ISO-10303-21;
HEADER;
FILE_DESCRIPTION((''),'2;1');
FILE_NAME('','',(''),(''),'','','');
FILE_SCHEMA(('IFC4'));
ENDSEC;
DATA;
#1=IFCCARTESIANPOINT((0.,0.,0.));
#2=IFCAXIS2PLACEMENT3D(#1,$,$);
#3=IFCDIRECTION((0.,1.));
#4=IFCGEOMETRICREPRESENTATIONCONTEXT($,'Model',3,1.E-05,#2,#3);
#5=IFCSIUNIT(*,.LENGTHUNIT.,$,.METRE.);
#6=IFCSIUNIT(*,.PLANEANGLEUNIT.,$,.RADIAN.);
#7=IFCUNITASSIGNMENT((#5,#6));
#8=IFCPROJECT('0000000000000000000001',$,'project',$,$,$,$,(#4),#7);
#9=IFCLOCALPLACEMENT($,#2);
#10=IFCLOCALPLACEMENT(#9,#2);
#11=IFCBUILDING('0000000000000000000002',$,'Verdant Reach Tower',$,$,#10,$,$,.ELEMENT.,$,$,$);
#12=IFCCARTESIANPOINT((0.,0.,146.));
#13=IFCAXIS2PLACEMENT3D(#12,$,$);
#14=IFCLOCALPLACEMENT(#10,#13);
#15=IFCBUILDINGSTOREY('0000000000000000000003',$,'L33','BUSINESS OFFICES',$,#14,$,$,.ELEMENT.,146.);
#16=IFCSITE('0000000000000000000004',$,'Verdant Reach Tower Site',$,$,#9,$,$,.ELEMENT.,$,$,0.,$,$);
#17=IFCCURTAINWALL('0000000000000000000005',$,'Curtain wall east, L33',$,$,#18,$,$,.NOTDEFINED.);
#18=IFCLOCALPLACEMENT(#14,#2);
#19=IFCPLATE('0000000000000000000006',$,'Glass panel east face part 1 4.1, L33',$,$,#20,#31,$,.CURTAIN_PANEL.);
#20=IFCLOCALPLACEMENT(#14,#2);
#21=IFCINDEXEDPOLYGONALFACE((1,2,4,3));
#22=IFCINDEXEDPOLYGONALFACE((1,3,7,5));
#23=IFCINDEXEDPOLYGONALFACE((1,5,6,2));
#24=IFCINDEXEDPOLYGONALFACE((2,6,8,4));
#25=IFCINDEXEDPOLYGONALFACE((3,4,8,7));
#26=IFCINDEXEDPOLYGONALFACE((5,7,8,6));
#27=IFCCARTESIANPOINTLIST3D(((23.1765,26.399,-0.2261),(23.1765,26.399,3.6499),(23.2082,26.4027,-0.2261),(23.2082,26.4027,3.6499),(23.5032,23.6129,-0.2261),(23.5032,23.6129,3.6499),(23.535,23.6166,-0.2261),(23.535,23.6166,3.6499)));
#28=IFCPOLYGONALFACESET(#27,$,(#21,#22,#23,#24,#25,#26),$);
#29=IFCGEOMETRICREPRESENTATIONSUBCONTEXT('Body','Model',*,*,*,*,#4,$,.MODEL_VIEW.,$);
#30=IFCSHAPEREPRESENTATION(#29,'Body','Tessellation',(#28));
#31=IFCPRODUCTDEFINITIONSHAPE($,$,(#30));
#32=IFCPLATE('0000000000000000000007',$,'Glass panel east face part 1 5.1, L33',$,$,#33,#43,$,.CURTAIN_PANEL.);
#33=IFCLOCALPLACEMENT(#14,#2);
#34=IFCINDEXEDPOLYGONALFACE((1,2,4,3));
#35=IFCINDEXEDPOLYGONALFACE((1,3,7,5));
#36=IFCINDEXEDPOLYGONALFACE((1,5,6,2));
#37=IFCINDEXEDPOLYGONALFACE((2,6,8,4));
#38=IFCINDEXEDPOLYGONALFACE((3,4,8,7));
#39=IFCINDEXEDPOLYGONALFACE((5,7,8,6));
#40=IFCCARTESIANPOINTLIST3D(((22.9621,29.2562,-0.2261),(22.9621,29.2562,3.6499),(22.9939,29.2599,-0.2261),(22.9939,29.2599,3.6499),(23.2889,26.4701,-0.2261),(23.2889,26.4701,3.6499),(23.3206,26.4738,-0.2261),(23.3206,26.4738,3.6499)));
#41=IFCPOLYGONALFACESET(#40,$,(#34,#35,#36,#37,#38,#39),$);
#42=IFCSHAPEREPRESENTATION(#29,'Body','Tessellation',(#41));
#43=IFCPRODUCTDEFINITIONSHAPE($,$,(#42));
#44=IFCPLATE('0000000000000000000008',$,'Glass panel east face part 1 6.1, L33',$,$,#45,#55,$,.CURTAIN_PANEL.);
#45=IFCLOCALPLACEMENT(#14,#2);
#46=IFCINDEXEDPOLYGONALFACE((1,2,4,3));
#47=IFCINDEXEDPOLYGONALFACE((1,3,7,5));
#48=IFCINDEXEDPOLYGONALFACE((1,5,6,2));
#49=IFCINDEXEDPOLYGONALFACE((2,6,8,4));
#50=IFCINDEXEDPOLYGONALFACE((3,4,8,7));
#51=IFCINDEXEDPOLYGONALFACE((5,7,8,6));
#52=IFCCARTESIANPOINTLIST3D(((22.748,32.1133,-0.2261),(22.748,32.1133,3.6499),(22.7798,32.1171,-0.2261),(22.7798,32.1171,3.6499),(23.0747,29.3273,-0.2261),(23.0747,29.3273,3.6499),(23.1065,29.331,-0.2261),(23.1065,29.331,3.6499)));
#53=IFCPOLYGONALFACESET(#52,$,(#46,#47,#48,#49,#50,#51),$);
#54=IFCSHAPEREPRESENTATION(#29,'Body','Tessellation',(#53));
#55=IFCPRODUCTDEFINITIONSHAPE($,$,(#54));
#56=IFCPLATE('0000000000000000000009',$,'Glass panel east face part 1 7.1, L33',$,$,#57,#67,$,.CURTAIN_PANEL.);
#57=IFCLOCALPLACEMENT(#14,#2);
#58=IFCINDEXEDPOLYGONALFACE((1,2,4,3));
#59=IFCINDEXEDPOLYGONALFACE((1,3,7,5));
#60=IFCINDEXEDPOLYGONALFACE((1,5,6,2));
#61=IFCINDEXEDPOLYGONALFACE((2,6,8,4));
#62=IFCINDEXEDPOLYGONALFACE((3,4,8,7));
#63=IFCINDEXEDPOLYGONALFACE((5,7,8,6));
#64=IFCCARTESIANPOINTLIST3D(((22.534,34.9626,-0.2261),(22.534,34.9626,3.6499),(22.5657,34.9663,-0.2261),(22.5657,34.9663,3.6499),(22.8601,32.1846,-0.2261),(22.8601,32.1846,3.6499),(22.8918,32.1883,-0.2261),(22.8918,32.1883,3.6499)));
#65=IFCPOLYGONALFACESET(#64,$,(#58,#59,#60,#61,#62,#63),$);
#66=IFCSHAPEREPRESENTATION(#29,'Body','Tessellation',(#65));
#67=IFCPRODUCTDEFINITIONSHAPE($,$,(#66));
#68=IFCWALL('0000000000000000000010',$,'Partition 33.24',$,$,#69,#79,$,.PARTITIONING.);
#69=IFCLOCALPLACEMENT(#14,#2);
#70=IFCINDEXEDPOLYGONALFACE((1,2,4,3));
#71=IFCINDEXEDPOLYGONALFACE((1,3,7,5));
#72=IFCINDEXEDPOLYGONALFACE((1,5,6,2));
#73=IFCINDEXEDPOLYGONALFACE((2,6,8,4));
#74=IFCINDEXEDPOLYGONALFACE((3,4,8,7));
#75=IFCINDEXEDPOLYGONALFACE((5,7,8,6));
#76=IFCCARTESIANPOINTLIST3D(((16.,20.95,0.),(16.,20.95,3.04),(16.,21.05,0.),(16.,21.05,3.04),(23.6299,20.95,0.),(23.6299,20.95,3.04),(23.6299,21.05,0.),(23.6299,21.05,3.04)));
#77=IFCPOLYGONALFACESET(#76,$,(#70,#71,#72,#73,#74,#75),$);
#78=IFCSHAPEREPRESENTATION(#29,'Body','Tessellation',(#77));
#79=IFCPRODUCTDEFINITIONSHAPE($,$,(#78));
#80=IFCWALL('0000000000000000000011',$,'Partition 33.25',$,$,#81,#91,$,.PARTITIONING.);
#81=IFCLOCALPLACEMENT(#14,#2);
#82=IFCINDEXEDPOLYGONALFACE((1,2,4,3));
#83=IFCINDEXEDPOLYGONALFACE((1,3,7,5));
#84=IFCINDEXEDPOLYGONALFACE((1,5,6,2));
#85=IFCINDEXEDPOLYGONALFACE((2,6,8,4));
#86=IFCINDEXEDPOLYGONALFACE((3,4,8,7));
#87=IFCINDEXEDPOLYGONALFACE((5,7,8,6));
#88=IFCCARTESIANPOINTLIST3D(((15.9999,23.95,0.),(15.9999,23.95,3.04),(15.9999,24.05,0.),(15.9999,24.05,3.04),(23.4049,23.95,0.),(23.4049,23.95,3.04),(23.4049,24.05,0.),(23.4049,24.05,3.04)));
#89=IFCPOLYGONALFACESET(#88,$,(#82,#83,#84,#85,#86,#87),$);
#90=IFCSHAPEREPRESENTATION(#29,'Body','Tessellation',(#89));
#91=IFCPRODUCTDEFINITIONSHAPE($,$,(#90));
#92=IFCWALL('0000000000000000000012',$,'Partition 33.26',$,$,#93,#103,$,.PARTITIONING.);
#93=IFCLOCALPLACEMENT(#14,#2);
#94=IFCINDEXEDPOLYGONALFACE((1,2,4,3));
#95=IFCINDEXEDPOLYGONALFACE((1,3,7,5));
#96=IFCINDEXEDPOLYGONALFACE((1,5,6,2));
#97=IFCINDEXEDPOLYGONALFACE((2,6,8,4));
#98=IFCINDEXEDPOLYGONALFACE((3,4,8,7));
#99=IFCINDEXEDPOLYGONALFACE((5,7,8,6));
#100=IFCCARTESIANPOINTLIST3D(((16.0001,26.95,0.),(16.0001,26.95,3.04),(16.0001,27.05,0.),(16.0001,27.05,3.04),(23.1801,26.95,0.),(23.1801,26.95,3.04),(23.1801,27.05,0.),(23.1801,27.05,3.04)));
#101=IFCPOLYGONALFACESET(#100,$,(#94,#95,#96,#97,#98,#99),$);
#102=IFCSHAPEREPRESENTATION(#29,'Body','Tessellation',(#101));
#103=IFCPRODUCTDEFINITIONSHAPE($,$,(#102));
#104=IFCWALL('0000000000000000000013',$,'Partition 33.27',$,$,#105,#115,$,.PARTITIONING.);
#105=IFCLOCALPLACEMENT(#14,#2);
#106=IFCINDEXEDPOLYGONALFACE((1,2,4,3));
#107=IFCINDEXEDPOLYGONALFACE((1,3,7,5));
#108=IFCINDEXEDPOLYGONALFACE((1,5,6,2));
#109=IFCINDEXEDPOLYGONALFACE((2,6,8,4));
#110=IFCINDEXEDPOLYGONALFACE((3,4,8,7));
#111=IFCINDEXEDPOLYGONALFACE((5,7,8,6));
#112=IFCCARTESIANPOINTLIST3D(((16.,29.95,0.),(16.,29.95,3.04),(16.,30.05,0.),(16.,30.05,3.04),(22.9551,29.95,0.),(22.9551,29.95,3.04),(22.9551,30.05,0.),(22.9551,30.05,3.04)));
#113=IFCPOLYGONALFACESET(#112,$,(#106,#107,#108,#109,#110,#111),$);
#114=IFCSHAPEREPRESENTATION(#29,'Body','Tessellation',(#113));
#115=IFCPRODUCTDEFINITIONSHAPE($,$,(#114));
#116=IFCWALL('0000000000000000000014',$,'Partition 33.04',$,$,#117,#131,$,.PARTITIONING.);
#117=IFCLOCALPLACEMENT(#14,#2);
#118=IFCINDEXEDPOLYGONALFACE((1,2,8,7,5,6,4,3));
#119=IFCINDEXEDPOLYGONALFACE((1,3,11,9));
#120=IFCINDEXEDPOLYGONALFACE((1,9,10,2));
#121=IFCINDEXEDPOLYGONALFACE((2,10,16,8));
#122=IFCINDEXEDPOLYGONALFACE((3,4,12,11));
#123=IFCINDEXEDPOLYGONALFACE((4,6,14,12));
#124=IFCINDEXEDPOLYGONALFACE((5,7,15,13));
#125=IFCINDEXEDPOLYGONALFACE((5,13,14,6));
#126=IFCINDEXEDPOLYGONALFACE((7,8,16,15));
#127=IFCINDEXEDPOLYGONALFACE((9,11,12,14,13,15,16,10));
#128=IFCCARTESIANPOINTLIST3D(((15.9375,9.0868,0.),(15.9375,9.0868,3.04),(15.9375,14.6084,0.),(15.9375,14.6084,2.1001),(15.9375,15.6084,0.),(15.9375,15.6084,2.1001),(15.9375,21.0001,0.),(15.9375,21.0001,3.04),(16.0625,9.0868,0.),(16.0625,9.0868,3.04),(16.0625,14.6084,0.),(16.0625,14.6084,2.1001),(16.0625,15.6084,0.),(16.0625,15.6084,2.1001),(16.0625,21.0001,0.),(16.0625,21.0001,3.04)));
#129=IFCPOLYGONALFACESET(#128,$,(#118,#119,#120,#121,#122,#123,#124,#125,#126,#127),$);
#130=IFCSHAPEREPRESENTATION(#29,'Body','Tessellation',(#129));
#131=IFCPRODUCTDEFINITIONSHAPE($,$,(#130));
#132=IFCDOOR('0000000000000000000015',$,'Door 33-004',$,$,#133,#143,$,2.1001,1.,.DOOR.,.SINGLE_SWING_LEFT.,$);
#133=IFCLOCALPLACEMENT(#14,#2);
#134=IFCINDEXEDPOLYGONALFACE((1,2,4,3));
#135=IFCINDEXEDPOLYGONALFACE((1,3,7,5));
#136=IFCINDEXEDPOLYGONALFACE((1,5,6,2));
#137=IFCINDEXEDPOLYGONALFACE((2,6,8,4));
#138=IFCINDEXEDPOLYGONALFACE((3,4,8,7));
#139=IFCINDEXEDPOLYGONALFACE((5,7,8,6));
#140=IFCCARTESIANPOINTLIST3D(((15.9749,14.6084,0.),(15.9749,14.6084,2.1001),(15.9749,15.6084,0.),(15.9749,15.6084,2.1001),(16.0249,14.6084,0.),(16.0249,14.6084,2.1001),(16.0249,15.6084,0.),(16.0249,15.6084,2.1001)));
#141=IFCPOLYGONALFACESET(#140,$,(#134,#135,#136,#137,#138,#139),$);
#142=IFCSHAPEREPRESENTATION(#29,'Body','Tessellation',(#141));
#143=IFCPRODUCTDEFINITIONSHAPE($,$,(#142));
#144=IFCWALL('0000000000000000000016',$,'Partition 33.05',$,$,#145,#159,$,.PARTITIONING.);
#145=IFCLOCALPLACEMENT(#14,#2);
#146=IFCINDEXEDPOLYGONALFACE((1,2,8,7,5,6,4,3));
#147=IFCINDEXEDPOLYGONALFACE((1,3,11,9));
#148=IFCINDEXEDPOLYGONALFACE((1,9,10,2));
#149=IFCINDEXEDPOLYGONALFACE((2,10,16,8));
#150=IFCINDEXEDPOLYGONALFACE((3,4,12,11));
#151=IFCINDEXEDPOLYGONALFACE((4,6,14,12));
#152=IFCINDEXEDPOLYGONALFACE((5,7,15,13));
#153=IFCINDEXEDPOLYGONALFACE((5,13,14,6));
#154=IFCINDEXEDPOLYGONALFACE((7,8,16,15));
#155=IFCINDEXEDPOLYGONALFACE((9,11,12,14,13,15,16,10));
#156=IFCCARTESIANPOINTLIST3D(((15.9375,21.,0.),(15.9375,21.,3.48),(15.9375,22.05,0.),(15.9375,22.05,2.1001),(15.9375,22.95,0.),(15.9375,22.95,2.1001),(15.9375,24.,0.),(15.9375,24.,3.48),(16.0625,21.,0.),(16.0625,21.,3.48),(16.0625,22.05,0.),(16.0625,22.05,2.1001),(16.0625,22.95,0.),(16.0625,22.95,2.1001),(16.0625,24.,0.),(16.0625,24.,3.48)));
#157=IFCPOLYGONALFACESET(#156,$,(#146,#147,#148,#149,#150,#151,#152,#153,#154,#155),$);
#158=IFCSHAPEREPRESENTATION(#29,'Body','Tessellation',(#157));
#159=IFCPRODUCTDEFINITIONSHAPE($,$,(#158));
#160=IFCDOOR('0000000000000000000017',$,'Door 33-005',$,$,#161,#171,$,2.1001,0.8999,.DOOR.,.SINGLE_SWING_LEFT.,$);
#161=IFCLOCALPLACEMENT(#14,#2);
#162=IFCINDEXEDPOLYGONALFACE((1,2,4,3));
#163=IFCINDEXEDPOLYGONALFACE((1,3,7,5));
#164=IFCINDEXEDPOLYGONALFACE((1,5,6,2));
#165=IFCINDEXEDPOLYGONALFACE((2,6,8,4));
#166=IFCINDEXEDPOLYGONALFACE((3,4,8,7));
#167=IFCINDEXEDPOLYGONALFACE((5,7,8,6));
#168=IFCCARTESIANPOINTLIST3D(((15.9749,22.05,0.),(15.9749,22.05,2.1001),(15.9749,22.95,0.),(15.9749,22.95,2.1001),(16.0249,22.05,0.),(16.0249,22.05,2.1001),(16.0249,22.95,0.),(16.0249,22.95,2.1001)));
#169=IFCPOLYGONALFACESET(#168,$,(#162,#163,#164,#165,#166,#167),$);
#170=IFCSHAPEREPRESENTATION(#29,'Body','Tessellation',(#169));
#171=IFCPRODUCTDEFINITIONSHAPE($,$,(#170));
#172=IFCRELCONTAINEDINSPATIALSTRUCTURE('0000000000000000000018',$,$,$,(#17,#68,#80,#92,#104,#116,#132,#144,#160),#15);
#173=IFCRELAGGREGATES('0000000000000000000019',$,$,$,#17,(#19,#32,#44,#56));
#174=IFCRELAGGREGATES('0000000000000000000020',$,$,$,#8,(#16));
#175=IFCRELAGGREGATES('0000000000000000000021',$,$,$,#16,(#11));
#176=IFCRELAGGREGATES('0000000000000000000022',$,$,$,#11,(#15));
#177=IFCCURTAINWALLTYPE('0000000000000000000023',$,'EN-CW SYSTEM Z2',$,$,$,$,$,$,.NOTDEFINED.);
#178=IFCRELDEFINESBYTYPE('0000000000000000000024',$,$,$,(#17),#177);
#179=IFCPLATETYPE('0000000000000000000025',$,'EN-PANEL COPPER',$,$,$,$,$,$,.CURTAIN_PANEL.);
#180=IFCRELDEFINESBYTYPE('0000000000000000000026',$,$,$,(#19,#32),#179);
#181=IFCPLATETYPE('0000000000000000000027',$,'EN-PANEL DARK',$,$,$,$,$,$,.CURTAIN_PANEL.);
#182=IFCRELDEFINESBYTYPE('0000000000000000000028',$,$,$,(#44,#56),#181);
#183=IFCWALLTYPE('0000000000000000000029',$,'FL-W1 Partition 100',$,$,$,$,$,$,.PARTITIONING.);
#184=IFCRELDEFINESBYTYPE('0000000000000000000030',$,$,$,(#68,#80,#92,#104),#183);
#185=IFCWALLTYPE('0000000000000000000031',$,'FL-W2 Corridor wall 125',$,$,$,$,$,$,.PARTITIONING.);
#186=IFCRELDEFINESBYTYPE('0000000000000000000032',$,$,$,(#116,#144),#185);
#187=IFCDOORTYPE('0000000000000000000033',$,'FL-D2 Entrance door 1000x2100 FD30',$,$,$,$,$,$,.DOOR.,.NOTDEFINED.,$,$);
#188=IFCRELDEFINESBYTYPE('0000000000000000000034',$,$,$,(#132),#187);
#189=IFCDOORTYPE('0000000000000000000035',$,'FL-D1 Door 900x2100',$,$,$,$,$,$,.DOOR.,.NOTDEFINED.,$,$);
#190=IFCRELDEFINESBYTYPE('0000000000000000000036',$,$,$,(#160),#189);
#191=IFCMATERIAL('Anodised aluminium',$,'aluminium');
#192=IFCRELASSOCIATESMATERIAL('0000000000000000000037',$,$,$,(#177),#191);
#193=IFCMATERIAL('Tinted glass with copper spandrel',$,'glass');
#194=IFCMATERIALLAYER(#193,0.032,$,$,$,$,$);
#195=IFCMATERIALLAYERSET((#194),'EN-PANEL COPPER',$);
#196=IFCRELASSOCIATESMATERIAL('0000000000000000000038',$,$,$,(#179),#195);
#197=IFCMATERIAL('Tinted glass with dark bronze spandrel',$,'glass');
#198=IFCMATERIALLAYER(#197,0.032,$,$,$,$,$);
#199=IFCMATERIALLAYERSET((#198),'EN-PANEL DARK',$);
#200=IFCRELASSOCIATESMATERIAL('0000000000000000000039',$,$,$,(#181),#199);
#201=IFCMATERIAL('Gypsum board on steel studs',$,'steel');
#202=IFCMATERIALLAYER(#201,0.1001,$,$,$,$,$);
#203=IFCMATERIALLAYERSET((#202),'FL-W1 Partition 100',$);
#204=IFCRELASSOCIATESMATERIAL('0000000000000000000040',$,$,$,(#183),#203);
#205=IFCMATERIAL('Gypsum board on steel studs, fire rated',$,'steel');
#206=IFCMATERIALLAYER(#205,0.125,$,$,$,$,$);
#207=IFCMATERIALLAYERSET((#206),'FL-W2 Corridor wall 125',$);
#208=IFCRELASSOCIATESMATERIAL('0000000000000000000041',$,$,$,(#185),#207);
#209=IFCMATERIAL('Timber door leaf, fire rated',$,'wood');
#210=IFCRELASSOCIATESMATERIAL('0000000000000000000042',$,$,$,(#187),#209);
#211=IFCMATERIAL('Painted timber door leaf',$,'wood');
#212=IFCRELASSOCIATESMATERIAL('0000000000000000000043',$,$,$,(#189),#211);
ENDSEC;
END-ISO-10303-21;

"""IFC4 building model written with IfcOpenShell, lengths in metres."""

from ifc_helpers import new_model, si_unit, direction, frame, frame_2d, origin, origin_2d, place, context, subcontext, project, spatial, rectangle, extrude, material, layer, layer_set, type_object, element, fill, aggregate, save


model = new_model("IFC4")

# Units and contexts
model_context = context("Model", 3, precision=1e-05, world=origin(), true_north=direction((0.0, 1.0)))
body_context = subcontext(model_context, "Body", "Model", "MODEL_VIEW")
ifc_project = project(units=[si_unit("LENGTHUNIT", "METRE"), si_unit("PLANEANGLEUNIT", "RADIAN")], contexts=[model_context])

# Site, building, storey
site_placement = place(None, origin())
site = spatial("IfcSite", under=ifc_project, at=site_placement, Name="Verdant Reach Tower Site", CompositionType="ELEMENT", RefElevation=0.0)
building_placement = place(site_placement, origin())
building = spatial("IfcBuilding", under=site, at=building_placement, Name="Verdant Reach Tower", CompositionType="ELEMENT")
storey_placement = place(building_placement, frame((0.0, 0.0, 146.0)))
storey = spatial("IfcBuildingStorey", under=building, at=storey_placement, Name="L33", Description="BUSINESS OFFICES", CompositionType="ELEMENT", Elevation=146.0)

# Curtain wall, plates
ifc_material_1 = material(Name="Anodised aluminium", Category="aluminium")
curtain_wall_type = type_object("IfcCurtainWallType", Name="EN-CW SYSTEM Z2", PredefinedType="NOTDEFINED", material=ifc_material_1)
curtain_wall_placement = place(storey_placement, origin())
curtain_wall = element("IfcCurtainWall", 1, at=curtain_wall_placement, inside=storey, type_object=curtain_wall_type, Name="Curtain wall east, L33", PredefinedType="NOTDEFINED")
ifc_material_2 = material(Name="Tinted glass with copper spandrel", Category="glass")
ifc_layer_1 = layer(ifc_material_2, 0.032)
ifc_layer_set_1 = layer_set([ifc_layer_1], Name="EN-PANEL COPPER")
plate_type_1 = type_object("IfcPlateType", Name="EN-PANEL COPPER", PredefinedType="CURTAIN_PANEL", material=ifc_layer_set_1)
plate_1_placement = place(storey_placement, frame((23.3557, 25.0078, -0.2261), z_axis=(0.0, 0.0, 1.0), x_axis=(-0.116483, 0.993193, 0.0)))
plate_1 = element("IfcPlate", 2, at=plate_1_placement, type_object=plate_type_1, Name="Glass panel east face part 1 4.1, L33", PredefinedType="CURTAIN_PANEL", context=body_context, shape_type="SweptSolid", body=[
    extrude(rectangle(XDim=2.8052, YDim=0.032, at=origin_2d()), origin(), (0.0, 0.0, 1.0), 3.876),
])
plate_2_placement = place(storey_placement, frame((23.1414, 27.865, -0.2261), z_axis=(0.0, 0.0, 1.0), x_axis=(-0.116483, 0.993193, 0.0)))
plate_2 = element("IfcPlate", 3, at=plate_2_placement, type_object=plate_type_1, Name="Glass panel east face part 1 5.1, L33", PredefinedType="CURTAIN_PANEL", context=body_context, shape_type="SweptSolid", body=[
    extrude(rectangle(XDim=2.8052, YDim=0.032, at=origin_2d()), origin(), (0.0, 0.0, 1.0), 3.876),
])
ifc_material_3 = material(Name="Tinted glass with dark bronze spandrel", Category="glass")
ifc_layer_2 = layer(ifc_material_3, 0.032)
ifc_layer_set_2 = layer_set([ifc_layer_2], Name="EN-PANEL DARK")
plate_type_2 = type_object("IfcPlateType", Name="EN-PANEL DARK", PredefinedType="CURTAIN_PANEL", material=ifc_layer_set_2)
plate_3_placement = place(storey_placement, frame((22.9272, 30.7222, -0.2261), z_axis=(0.0, 0.0, 1.0), x_axis=(-0.116483, 0.993193, 0.0)))
plate_3 = element("IfcPlate", 4, at=plate_3_placement, type_object=plate_type_2, Name="Glass panel east face part 1 6.1, L33", PredefinedType="CURTAIN_PANEL", context=body_context, shape_type="SweptSolid", body=[
    extrude(rectangle(XDim=2.8052, YDim=0.032, at=origin_2d()), origin(), (0.0, 0.0, 1.0), 3.876),
])
plate_4_placement = place(storey_placement, frame((22.7129, 33.5754, -0.2261), z_axis=(0.0, 0.0, 1.0), x_axis=(-0.116586, 0.993181, 0.0)))
plate_4 = element("IfcPlate", 5, at=plate_4_placement, type_object=plate_type_2, Name="Glass panel east face part 1 7.1, L33", PredefinedType="CURTAIN_PANEL", context=body_context, shape_type="SweptSolid", body=[
    extrude(rectangle(XDim=2.7971, YDim=0.032, at=origin_2d()), origin(), (0.0, 0.0, 1.0), 3.876),
])
aggregate(curtain_wall, [plate_1, plate_2, plate_3, plate_4])

# Walls
ifc_material_4 = material(Name="Gypsum board on steel studs", Category="steel")
ifc_layer_3 = layer(ifc_material_4, 0.1001)
ifc_layer_set_3 = layer_set([ifc_layer_3], Name="FL-W1 Partition 100")
wall_type_1 = type_object("IfcWallType", Name="FL-W1 Partition 100", PredefinedType="PARTITIONING", material=ifc_layer_set_3)
wall_1_placement = place(storey_placement, frame((23.6299, 21.0, 0.0), z_axis=(0.0, 0.0, 1.0), x_axis=(-1.0, 0.0, 0.0)))
element("IfcWall", 6, at=wall_1_placement, inside=storey, type_object=wall_type_1, Name="Partition 33.24", PredefinedType="PARTITIONING", context=body_context, shape_type="SweptSolid", body=[
    extrude(rectangle(XDim=7.6299, YDim=0.1001, at=frame_2d((3.8149, 0.0))), origin(), (0.0, 0.0, 1.0), 3.04),
])
wall_2_placement = place(storey_placement, frame((23.405, 24.0, 0.0), z_axis=(0.0, 0.0, 1.0), x_axis=(-1.0, 0.0, 0.0)))
element("IfcWall", 7, at=wall_2_placement, inside=storey, type_object=wall_type_1, Name="Partition 33.25", PredefinedType="PARTITIONING", context=body_context, shape_type="SweptSolid", body=[
    extrude(rectangle(XDim=7.405, YDim=0.1001, at=frame_2d((3.7026, 0.0))), origin(), (0.0, 0.0, 1.0), 3.04),
])
wall_3_placement = place(storey_placement, frame((23.1799, 27.0, 0.0), z_axis=(0.0, 0.0, 1.0), x_axis=(-1.0, 0.0, 0.0)))
element("IfcWall", 8, at=wall_3_placement, inside=storey, type_object=wall_type_1, Name="Partition 33.26", PredefinedType="PARTITIONING", context=body_context, shape_type="SweptSolid", body=[
    extrude(rectangle(XDim=7.1799, YDim=0.1001, at=frame_2d((3.5898, 0.0))), origin(), (0.0, 0.0, 1.0), 3.04),
])
wall_4_placement = place(storey_placement, frame((22.9551, 30.0, 0.0), z_axis=(0.0, 0.0, 1.0), x_axis=(-1.0, 0.0, 0.0)))
element("IfcWall", 9, at=wall_4_placement, inside=storey, type_object=wall_type_1, Name="Partition 33.27", PredefinedType="PARTITIONING", context=body_context, shape_type="SweptSolid", body=[
    extrude(rectangle(XDim=6.9551, YDim=0.1001, at=frame_2d((3.4775, 0.0))), origin(), (0.0, 0.0, 1.0), 3.04),
])

# Walls, openings, doors
ifc_material_5 = material(Name="Gypsum board on steel studs, fire rated", Category="steel")
ifc_layer_4 = layer(ifc_material_5, 0.125)
ifc_layer_set_4 = layer_set([ifc_layer_4], Name="FL-W2 Corridor wall 125")
wall_type_2 = type_object("IfcWallType", Name="FL-W2 Corridor wall 125", PredefinedType="PARTITIONING", material=ifc_layer_set_4)
wall_5_placement = place(storey_placement, frame((16.0, 21.0, 0.0), z_axis=(0.0, 0.0, 1.0), x_axis=(0.0, -1.0, 0.0)))
wall_5 = element("IfcWall", 10, at=wall_5_placement, inside=storey, type_object=wall_type_2, Name="Partition 33.04", PredefinedType="PARTITIONING", context=body_context, shape_type="SweptSolid", body=[
    extrude(rectangle(XDim=11.9133, YDim=0.125, at=frame_2d((5.9565, 0.0))), origin(), (0.0, 0.0, 1.0), 3.04),
])
opening_1_placement = place(wall_5_placement, frame((5.3916, 0.0, 0.0)))
opening_1 = element("IfcOpeningElement", 11, at=opening_1_placement, cuts=wall_5, PredefinedType="OPENING", context=body_context, shape_type="SweptSolid", body=[
    extrude(rectangle(XDim=1.0, YDim=2.1001, at=frame_2d((0.5, 1.05))), frame((0.0, 0.0725, 0.0), z_axis=(0.0, -1.0, 0.0), x_axis=(1.0, 0.0, 0.0)), (0.0, 0.0, 1.0), 0.145),
])
ifc_material_6 = material(Name="Timber door leaf, fire rated", Category="wood")
door_type_1 = type_object("IfcDoorType", Name="FL-D2 Entrance door 1000x2100 FD30", OperationType="NOTDEFINED", PredefinedType="DOOR", material=ifc_material_6)
door_1_placement = place(opening_1_placement, origin())
door_1 = element("IfcDoor", 12, at=door_1_placement, inside=storey, type_object=door_type_1, Name="Door 33-004", OperationType="SINGLE_SWING_LEFT", OverallHeight=2.1001, OverallWidth=1.0, PredefinedType="DOOR", context=body_context, shape_type="SweptSolid", body=[
    extrude(rectangle(XDim=1.0, YDim=2.1001, at=frame_2d((0.5, 1.05))), frame((0.0, 0.0249, 0.0), z_axis=(0.0, -1.0, 0.0), x_axis=(1.0, 0.0, 0.0)), (0.0, 0.0, 1.0), 0.05),
])
fill(opening_1, door_1)
wall_6_placement = place(storey_placement, frame((16.0, 24.0, 0.0), z_axis=(0.0, 0.0, 1.0), x_axis=(0.0, -1.0, 0.0)))
wall_6 = element("IfcWall", 13, at=wall_6_placement, inside=storey, type_object=wall_type_2, Name="Partition 33.05", PredefinedType="PARTITIONING", context=body_context, shape_type="SweptSolid", body=[
    extrude(rectangle(XDim=3.0, YDim=0.125, at=frame_2d((1.5, 0.0))), origin(), (0.0, 0.0, 1.0), 3.48),
])
opening_2_placement = place(wall_6_placement, frame((1.05, 0.0, 0.0)))
opening_2 = element("IfcOpeningElement", 14, at=opening_2_placement, cuts=wall_6, PredefinedType="OPENING", context=body_context, shape_type="SweptSolid", body=[
    extrude(rectangle(XDim=0.8999, YDim=2.1001, at=frame_2d((0.45, 1.05))), frame((0.0, 0.0725, 0.0), z_axis=(0.0, -1.0, 0.0), x_axis=(1.0, 0.0, 0.0)), (0.0, 0.0, 1.0), 0.145),
])
ifc_material_7 = material(Name="Painted timber door leaf", Category="wood")
door_type_2 = type_object("IfcDoorType", Name="FL-D1 Door 900x2100", OperationType="NOTDEFINED", PredefinedType="DOOR", material=ifc_material_7)
door_2_placement = place(opening_2_placement, origin())
door_2 = element("IfcDoor", 15, at=door_2_placement, inside=storey, type_object=door_type_2, Name="Door 33-005", OperationType="SINGLE_SWING_LEFT", OverallHeight=2.1001, OverallWidth=0.8999, PredefinedType="DOOR", context=body_context, shape_type="SweptSolid", body=[
    extrude(rectangle(XDim=0.8999, YDim=2.1001, at=frame_2d((0.45, 1.05))), frame((0.0, 0.0249, 0.0), z_axis=(0.0, -1.0, 0.0), x_axis=(1.0, 0.0, 0.0)), (0.0, 0.0, 1.0), 0.05),
])
fill(opening_2, door_2)

save(model, "model.ifc")
